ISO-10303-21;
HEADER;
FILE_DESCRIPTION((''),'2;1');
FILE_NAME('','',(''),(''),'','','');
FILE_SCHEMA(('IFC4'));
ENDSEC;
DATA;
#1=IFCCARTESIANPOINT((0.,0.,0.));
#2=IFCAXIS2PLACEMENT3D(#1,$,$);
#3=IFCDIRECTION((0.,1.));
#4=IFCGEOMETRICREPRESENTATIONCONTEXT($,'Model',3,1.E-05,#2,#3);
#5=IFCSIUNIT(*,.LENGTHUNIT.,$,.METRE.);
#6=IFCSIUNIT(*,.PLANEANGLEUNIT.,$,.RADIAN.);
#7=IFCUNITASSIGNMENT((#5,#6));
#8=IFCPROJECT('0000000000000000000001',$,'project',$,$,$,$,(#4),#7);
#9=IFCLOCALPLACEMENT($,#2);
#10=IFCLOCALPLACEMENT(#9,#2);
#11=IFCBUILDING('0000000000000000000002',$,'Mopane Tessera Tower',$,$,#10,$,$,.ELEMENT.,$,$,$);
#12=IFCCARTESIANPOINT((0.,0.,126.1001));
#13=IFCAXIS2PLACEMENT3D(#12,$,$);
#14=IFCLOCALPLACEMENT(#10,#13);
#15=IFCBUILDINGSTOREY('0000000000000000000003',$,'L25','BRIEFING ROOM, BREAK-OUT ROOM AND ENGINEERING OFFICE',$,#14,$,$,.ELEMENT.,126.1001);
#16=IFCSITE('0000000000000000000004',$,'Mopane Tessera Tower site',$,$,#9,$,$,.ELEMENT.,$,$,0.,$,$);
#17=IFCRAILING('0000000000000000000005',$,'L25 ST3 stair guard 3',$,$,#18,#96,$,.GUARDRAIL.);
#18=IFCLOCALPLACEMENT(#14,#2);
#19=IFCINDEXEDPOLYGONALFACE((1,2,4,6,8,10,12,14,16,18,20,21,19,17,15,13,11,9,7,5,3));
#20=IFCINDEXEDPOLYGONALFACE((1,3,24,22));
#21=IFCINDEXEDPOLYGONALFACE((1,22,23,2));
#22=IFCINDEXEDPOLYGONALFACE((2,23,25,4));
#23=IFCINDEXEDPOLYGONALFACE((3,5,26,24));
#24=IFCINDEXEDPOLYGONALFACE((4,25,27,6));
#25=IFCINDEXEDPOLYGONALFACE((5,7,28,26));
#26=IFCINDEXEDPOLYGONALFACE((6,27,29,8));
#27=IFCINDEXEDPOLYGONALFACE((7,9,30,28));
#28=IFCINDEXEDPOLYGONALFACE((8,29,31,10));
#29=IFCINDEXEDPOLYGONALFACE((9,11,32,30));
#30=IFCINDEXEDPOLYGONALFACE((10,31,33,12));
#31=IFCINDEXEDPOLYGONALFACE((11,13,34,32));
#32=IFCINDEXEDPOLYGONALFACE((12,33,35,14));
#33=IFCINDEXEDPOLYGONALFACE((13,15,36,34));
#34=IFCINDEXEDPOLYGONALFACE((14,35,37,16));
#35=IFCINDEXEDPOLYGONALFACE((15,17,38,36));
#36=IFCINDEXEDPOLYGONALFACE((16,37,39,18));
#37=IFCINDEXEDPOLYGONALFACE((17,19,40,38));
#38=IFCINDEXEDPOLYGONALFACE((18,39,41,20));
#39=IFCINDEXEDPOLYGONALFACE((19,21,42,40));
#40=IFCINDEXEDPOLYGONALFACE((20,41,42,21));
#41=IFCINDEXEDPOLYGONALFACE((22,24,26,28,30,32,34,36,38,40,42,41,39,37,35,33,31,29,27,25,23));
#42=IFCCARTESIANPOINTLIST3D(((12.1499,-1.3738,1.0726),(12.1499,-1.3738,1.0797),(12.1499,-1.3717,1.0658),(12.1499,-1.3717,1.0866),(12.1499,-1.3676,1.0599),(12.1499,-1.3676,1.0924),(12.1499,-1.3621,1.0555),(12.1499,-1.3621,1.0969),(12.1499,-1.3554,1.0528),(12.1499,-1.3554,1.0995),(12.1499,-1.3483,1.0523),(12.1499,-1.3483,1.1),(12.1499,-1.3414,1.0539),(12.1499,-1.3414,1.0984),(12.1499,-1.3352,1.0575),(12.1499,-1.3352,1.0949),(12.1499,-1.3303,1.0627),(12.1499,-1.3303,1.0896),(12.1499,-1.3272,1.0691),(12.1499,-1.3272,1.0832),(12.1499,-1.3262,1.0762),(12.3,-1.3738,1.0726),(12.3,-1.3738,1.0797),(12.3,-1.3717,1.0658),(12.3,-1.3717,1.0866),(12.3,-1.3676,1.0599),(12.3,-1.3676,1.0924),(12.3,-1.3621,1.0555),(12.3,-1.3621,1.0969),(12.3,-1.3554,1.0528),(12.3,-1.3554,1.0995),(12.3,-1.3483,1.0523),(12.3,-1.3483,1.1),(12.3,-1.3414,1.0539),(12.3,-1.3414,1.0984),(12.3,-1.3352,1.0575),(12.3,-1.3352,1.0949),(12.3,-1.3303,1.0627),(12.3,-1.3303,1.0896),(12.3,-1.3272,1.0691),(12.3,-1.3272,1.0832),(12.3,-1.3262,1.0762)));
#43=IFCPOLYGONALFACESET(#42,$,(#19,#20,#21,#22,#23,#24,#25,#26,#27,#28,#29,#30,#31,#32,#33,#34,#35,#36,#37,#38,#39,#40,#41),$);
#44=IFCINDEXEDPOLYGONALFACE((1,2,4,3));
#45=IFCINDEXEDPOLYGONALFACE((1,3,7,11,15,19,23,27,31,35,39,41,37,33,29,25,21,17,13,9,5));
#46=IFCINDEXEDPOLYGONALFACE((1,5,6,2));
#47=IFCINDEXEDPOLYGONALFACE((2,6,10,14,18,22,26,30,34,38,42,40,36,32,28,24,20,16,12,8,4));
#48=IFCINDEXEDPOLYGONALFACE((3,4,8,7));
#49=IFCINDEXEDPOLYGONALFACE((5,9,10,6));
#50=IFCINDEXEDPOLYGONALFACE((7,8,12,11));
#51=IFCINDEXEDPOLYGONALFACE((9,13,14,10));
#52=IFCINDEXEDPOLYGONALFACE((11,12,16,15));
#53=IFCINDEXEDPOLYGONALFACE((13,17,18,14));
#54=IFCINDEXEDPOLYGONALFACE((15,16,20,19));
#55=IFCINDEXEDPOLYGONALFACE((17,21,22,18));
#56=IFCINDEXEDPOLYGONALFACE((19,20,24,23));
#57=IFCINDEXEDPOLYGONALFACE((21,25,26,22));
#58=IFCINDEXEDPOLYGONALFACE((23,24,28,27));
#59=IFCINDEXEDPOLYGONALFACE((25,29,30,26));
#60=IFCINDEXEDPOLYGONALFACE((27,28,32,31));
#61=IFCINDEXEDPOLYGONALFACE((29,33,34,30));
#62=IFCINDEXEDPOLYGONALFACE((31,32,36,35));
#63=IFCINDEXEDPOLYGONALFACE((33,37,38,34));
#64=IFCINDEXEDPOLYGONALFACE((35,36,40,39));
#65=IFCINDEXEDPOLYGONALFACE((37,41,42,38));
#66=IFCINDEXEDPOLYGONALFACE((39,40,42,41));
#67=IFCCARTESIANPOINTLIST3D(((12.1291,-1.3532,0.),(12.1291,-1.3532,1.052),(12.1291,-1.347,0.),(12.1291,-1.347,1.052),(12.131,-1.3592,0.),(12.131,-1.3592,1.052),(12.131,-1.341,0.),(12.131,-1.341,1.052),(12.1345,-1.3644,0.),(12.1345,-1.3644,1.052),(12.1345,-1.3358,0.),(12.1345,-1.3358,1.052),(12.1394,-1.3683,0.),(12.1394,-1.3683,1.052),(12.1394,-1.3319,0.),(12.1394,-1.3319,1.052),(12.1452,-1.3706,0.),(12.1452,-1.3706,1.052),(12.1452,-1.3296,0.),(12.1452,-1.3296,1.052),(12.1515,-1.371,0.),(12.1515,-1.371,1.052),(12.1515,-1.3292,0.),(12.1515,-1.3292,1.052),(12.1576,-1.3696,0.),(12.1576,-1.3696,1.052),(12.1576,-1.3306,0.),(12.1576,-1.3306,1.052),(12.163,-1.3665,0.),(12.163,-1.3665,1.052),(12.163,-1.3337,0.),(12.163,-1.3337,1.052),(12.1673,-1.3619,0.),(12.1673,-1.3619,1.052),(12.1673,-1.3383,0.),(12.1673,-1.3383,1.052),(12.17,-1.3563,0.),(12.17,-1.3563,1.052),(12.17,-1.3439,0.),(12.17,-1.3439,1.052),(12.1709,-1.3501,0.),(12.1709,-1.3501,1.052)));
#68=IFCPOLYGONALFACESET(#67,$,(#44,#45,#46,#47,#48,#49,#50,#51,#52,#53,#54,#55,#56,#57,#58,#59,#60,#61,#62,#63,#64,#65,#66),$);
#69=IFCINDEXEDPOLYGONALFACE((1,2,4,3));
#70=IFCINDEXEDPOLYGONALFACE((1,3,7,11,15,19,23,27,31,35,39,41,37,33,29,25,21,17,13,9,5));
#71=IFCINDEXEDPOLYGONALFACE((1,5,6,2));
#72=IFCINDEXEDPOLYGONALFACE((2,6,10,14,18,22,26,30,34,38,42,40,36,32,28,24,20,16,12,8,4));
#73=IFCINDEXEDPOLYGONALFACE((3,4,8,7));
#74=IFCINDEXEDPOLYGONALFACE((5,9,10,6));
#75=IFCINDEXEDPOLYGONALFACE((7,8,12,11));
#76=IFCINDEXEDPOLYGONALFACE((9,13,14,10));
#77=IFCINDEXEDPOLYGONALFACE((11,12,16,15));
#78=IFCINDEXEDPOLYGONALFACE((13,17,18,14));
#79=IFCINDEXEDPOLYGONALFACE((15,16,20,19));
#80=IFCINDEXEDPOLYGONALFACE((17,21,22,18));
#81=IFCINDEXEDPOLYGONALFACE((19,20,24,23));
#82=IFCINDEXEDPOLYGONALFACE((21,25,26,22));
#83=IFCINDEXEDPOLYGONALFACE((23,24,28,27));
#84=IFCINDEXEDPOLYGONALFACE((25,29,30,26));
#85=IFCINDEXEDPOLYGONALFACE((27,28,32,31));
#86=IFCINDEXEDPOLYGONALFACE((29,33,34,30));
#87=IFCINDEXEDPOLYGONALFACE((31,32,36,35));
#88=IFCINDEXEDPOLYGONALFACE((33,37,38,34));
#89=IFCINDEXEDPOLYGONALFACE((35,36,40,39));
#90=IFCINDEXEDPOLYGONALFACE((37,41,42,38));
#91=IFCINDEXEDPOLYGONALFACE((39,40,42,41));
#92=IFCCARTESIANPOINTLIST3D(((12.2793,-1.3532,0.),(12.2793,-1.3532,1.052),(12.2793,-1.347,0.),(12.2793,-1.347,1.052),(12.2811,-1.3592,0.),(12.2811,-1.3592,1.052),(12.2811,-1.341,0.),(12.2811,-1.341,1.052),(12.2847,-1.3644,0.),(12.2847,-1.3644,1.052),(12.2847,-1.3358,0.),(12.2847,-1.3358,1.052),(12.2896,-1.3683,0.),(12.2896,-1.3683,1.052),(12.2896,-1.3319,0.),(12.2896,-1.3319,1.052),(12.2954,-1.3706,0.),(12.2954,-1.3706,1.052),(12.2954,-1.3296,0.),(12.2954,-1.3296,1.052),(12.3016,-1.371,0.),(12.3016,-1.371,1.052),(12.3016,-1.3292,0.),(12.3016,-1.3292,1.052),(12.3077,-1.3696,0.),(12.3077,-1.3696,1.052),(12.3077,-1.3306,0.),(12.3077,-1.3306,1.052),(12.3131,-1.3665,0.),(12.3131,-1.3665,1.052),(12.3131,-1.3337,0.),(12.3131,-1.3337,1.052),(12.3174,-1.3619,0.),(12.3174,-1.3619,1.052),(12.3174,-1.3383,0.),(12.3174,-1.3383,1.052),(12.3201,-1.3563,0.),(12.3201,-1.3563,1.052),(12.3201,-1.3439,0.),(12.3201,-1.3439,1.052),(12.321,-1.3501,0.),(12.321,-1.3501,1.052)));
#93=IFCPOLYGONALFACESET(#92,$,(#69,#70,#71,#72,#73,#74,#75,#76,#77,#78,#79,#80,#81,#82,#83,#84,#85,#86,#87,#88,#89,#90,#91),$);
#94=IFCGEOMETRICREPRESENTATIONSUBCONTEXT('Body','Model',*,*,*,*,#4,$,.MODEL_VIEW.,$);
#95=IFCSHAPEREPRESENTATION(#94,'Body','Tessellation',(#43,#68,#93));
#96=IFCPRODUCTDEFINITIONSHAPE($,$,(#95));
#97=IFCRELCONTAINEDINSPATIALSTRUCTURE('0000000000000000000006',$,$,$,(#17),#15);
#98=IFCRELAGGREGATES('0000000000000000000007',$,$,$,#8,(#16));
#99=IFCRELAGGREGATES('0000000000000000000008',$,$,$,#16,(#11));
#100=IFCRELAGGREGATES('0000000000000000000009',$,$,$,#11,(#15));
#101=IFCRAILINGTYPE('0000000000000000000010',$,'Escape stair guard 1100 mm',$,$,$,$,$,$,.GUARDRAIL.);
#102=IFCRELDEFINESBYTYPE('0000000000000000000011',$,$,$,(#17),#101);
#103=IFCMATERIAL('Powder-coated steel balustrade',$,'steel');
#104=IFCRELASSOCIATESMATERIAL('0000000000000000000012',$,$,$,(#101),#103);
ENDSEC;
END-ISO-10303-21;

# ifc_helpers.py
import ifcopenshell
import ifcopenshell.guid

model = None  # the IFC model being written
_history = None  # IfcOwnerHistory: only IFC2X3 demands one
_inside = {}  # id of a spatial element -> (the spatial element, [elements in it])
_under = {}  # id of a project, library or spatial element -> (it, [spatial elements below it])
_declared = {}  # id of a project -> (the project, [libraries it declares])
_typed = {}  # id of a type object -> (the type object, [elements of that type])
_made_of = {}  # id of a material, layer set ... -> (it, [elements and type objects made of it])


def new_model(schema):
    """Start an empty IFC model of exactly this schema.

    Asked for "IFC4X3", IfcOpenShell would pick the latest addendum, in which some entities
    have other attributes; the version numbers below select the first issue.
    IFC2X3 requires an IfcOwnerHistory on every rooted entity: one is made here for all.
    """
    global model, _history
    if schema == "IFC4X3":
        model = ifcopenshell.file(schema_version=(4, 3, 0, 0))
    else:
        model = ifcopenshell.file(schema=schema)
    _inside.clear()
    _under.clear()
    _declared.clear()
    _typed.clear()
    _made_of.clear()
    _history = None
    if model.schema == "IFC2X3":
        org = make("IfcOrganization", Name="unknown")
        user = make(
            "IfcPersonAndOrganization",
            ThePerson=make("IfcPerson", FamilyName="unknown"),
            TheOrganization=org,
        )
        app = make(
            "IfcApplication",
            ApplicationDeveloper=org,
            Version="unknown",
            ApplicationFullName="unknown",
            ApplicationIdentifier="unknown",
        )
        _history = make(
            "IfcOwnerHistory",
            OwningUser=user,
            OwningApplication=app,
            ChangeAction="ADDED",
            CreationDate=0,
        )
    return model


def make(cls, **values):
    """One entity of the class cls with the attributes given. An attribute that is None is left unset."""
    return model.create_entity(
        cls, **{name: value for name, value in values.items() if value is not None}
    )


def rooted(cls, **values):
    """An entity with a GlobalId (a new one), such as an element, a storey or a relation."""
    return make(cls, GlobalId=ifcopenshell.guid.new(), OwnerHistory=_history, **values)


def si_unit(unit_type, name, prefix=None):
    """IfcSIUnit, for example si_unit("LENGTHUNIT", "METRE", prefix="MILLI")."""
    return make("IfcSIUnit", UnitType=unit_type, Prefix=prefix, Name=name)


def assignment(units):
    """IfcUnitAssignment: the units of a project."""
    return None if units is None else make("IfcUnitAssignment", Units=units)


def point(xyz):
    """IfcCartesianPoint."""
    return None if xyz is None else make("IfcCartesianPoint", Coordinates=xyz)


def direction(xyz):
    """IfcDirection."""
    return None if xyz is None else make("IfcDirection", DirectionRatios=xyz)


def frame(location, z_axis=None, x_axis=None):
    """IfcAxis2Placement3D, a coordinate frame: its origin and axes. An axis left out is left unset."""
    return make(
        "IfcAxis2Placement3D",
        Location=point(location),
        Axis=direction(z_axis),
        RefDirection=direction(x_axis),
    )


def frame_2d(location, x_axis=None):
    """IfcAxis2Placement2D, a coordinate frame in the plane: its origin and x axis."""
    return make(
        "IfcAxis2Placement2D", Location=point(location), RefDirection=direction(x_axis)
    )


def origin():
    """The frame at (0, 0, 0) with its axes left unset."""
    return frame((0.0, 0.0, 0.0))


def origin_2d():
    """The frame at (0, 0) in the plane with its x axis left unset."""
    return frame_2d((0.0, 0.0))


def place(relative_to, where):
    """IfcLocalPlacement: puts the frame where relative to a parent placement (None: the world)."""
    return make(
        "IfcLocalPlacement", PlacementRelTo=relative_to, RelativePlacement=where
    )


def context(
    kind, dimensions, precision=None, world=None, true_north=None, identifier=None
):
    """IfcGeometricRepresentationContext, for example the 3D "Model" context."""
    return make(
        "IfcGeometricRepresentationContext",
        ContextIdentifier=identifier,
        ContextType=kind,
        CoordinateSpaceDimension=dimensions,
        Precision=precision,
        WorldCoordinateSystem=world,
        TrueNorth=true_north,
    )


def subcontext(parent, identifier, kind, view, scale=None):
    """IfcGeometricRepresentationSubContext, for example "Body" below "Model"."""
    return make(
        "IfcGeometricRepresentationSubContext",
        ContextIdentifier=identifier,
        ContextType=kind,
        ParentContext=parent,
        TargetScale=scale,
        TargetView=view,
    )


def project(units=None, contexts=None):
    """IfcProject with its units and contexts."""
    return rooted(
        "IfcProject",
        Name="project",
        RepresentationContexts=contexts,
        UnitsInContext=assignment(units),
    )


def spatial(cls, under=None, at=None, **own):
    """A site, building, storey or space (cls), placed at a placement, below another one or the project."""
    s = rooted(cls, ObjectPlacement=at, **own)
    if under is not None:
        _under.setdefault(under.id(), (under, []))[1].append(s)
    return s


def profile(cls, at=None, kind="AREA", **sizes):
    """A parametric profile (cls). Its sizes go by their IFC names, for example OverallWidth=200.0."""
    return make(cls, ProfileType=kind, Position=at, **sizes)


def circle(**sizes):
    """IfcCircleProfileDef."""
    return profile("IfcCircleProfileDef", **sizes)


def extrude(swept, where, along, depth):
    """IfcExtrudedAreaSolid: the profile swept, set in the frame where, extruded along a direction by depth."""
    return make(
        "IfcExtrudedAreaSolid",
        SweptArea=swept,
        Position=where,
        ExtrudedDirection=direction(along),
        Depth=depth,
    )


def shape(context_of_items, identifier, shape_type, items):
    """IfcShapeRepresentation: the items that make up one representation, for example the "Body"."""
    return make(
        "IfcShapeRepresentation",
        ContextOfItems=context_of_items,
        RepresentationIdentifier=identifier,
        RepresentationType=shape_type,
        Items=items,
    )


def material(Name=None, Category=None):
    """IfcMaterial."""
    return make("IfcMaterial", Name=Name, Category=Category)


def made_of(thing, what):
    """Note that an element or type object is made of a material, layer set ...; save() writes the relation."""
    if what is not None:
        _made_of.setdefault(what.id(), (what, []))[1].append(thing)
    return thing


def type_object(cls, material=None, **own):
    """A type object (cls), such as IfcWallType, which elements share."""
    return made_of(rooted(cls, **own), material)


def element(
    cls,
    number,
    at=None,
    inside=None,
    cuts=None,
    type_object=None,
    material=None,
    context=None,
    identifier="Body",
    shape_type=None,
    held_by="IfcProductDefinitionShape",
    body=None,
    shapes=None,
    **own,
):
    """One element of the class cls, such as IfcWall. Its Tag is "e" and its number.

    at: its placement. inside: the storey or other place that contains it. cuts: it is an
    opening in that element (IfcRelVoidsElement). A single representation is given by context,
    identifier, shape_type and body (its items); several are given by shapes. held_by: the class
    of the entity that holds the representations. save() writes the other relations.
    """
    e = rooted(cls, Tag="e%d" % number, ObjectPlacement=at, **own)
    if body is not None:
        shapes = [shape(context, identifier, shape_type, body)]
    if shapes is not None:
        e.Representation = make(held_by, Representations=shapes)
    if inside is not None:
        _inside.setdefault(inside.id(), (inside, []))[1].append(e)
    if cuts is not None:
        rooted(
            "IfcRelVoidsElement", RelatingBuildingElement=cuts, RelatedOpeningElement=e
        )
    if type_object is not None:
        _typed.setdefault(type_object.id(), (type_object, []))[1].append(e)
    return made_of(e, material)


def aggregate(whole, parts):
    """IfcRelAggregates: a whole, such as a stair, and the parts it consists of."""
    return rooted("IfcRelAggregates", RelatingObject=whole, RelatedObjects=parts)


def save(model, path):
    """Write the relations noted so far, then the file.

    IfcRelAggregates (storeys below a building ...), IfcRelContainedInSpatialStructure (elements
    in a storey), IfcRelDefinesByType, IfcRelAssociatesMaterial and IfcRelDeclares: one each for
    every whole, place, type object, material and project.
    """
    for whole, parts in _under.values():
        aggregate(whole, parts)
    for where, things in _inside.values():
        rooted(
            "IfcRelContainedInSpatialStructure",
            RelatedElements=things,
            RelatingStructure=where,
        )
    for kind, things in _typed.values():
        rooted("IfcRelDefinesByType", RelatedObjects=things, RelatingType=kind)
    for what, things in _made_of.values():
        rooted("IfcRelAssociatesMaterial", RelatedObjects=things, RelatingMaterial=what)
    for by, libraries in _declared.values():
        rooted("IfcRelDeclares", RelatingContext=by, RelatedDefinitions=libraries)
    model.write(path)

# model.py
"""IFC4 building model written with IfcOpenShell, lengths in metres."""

from ifc_helpers import new_model, si_unit, direction, frame, origin, origin_2d, place, context, subcontext, project, spatial, circle, extrude, material, type_object, element, save


model = new_model("IFC4")

# Units and contexts
model_context = context("Model", 3, precision=1e-05, world=origin(), true_north=direction((0.0, 1.0)))
body_context = subcontext(model_context, "Body", "Model", "MODEL_VIEW")
ifc_project = project(units=[si_unit("LENGTHUNIT", "METRE"), si_unit("PLANEANGLEUNIT", "RADIAN")], contexts=[model_context])

# Site, building, storey
site_placement = place(None, origin())
site = spatial("IfcSite", under=ifc_project, at=site_placement, Name="Mopane Tessera Tower site", CompositionType="ELEMENT", RefElevation=0.0)
building_placement = place(site_placement, origin())
building = spatial("IfcBuilding", under=site, at=building_placement, Name="Mopane Tessera Tower", CompositionType="ELEMENT")
storey_placement = place(building_placement, frame((0.0, 0.0, 126.1001)))
storey = spatial("IfcBuildingStorey", under=building, at=storey_placement, Name="L25", Description="BRIEFING ROOM, BREAK-OUT ROOM AND ENGINEERING OFFICE", CompositionType="ELEMENT", Elevation=126.1001)

# Railing
ifc_material_1 = material(Name="Powder-coated steel balustrade", Category="steel")
railing_type_1 = type_object("IfcRailingType", Name="Escape stair guard 1100 mm", PredefinedType="GUARDRAIL", material=ifc_material_1)
railing_1_placement = place(storey_placement, frame((12.1499, -1.3501, 0.0)))
element("IfcRailing", 1, at=railing_1_placement, inside=storey, type_object=railing_type_1, Name="L25 ST3 stair guard 3", PredefinedType="GUARDRAIL", context=body_context, shape_type="SweptSolid", body=[
    extrude(circle(Radius=0.0239, at=origin_2d()), frame((0.0, 0.0, 1.0762), z_axis=(1.0, 0.0, 0.0), x_axis=(0.0, 1.0, 0.0)), (0.0, 0.0, 1.0), 0.1501),
    extrude(circle(Radius=0.021, at=origin_2d()), origin(), (0.0, 0.0, 1.0), 1.052),
    extrude(circle(Radius=0.021, at=origin_2d()), frame((0.1501, 0.0, 0.0)), (0.0, 0.0, 1.0), 1.052),
])

save(model, "model.ifc")
